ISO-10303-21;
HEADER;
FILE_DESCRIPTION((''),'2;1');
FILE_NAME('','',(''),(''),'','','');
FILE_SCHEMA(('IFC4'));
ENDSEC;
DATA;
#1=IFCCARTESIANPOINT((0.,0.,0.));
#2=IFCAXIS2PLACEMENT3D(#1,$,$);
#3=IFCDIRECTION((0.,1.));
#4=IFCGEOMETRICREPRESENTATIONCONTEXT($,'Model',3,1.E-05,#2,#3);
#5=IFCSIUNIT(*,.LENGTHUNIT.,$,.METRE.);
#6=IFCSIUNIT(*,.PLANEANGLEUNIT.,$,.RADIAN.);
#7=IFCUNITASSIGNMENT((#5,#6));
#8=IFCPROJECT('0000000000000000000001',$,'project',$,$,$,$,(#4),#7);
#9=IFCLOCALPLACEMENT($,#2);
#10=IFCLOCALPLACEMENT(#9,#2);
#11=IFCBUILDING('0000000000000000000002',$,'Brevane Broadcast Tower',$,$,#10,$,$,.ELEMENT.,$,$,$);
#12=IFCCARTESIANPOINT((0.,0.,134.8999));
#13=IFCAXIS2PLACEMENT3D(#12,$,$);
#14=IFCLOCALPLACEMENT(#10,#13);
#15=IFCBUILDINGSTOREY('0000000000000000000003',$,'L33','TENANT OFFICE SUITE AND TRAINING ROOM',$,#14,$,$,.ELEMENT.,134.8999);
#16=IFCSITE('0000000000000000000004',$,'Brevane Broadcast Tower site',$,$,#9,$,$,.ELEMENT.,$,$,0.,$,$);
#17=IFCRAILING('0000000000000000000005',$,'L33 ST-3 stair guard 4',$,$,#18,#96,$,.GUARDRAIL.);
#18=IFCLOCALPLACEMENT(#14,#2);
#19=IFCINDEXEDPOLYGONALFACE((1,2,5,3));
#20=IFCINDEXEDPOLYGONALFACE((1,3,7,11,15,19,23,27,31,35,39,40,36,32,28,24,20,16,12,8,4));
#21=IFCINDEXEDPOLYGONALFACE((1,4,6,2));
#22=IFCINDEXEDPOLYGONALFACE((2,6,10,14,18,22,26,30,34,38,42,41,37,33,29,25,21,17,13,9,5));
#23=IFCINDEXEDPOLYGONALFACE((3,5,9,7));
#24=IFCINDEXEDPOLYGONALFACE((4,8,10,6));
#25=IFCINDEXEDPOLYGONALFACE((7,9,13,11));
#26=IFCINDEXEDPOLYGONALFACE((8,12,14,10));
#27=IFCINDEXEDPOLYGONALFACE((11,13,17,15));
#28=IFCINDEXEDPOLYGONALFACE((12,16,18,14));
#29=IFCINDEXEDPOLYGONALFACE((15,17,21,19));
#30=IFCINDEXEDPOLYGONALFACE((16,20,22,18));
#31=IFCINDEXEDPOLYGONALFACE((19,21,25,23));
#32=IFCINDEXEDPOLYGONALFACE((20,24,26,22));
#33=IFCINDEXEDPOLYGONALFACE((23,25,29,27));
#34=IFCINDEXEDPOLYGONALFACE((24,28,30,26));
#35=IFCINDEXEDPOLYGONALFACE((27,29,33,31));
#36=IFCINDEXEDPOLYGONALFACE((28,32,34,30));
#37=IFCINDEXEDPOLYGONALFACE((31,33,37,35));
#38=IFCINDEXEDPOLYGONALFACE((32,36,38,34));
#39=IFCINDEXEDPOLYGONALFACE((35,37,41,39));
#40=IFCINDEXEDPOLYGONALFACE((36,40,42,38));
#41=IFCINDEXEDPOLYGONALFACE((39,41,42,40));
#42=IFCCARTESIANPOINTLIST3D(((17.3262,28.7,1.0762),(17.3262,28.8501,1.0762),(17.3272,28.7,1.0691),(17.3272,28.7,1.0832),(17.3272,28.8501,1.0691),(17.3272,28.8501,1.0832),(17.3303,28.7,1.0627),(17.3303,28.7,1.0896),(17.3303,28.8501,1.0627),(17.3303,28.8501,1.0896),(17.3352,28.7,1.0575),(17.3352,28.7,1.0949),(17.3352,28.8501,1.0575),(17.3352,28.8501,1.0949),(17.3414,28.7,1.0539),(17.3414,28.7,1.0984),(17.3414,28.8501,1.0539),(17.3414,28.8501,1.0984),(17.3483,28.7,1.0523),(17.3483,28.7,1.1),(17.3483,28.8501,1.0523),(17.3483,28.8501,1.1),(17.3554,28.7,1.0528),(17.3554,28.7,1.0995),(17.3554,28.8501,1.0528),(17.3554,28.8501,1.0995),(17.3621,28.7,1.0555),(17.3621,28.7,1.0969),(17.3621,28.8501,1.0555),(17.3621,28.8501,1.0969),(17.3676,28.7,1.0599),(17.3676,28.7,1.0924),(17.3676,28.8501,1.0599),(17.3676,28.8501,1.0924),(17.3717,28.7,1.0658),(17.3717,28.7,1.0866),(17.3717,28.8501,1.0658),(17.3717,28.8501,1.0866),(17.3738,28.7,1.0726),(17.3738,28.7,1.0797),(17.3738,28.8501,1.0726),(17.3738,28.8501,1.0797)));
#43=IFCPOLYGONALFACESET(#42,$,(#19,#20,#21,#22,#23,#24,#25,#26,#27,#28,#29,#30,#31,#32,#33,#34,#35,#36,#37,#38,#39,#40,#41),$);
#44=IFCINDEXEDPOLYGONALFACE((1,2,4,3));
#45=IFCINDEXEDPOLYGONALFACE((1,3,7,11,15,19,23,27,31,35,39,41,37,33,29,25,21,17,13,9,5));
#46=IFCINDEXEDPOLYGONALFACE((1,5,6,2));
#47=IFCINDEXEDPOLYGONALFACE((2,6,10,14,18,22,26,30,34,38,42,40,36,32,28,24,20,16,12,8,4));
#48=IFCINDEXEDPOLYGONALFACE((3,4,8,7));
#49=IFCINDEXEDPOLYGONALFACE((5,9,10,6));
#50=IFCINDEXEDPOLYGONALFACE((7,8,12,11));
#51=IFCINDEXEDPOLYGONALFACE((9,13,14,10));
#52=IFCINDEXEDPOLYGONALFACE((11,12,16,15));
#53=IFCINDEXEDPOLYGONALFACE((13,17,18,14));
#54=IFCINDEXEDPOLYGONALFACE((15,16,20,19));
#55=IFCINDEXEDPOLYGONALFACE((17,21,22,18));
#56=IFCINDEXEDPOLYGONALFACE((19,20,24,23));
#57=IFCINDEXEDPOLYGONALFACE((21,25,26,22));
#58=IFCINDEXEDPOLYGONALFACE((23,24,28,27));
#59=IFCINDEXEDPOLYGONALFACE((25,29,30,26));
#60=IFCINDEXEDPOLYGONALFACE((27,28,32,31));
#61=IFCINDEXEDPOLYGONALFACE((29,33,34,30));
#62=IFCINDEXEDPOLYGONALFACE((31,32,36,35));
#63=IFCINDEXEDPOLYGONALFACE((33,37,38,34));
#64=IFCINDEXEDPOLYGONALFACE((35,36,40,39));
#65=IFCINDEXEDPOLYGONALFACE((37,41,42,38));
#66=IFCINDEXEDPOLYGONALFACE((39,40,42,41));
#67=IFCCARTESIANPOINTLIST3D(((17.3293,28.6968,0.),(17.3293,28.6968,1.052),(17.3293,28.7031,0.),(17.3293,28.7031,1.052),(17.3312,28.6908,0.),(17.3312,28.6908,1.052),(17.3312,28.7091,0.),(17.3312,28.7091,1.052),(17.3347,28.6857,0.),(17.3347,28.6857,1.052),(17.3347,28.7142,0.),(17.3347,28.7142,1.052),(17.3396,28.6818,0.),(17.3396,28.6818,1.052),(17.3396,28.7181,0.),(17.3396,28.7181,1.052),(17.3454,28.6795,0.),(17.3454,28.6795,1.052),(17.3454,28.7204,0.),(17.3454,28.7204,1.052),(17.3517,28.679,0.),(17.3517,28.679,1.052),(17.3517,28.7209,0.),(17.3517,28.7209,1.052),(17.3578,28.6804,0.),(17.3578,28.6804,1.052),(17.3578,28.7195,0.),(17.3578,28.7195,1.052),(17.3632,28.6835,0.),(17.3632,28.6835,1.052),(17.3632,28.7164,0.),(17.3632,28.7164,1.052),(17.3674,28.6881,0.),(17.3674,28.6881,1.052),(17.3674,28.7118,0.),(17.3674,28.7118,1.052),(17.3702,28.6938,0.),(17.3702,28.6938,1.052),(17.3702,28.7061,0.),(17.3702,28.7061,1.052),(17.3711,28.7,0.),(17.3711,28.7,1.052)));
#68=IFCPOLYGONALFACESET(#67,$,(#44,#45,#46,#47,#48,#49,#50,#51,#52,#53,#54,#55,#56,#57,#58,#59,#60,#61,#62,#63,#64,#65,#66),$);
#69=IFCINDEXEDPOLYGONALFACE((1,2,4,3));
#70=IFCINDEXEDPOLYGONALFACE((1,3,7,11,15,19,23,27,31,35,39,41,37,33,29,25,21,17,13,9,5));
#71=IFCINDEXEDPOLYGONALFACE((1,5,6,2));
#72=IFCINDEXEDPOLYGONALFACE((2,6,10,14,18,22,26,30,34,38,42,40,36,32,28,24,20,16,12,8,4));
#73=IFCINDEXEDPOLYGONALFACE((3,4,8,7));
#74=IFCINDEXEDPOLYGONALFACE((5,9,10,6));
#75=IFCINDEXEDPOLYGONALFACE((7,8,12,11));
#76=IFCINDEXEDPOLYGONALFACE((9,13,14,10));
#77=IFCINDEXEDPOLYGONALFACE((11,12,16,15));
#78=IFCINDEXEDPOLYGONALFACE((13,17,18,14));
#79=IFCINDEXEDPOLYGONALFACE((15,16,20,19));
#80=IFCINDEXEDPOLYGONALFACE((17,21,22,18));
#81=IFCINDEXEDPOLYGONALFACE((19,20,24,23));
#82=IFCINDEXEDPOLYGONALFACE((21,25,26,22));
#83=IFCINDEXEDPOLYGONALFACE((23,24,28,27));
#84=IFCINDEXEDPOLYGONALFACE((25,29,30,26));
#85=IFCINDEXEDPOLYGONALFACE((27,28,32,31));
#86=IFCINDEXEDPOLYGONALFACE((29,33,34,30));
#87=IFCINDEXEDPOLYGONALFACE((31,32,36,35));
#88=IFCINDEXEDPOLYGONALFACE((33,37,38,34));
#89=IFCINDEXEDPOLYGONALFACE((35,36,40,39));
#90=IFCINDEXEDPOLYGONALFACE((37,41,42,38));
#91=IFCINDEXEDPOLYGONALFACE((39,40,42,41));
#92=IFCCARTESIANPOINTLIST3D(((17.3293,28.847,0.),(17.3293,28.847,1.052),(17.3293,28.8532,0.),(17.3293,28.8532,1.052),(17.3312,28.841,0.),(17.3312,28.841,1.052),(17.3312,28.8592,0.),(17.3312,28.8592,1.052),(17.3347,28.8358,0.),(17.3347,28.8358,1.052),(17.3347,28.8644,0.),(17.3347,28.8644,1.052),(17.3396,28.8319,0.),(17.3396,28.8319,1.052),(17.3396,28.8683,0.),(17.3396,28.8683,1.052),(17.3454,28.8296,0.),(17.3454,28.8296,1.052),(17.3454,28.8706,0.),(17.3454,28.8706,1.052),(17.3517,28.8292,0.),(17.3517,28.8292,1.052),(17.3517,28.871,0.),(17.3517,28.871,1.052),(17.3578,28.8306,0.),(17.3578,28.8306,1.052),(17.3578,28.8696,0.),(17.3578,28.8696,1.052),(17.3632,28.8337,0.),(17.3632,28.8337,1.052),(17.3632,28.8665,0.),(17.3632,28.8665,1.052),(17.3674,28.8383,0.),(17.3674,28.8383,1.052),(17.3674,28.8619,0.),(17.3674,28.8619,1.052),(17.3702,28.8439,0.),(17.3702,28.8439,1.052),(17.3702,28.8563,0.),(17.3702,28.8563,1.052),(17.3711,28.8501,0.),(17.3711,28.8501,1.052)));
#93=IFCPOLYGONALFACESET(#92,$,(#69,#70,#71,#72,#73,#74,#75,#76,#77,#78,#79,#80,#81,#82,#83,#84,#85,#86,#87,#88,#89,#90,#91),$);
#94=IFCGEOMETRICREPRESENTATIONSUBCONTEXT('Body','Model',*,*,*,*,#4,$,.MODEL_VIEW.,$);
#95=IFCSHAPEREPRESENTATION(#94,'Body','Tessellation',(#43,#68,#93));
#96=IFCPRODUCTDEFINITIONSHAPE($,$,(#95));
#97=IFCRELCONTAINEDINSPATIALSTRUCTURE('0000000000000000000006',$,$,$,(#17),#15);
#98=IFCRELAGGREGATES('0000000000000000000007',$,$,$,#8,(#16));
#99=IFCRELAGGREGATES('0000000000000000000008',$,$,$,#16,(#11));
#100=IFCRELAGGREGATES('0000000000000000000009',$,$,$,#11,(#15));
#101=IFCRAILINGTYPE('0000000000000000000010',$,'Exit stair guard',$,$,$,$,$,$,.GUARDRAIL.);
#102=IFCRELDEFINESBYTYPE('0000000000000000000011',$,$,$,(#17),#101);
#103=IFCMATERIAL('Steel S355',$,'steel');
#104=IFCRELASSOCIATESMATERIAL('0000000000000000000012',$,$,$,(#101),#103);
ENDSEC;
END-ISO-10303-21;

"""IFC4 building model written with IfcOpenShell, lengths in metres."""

from ifc_helpers import new_model, si_unit, direction, frame, origin, origin_2d, place, context, subcontext, project, spatial, circle, extrude, material, type_object, element, save


model = new_model("IFC4")

# Units and contexts
model_context = context("Model", 3, precision=1e-05, world=origin(), true_north=direction((0.0, 1.0)))
body_context = subcontext(model_context, "Body", "Model", "MODEL_VIEW")
ifc_project = project(units=[si_unit("LENGTHUNIT", "METRE"), si_unit("PLANEANGLEUNIT", "RADIAN")], contexts=[model_context])

# Site, building, storey
site_placement = place(None, origin())
site = spatial("IfcSite", under=ifc_project, at=site_placement, Name="Brevane Broadcast Tower site", CompositionType="ELEMENT", RefElevation=0.0)
building_placement = place(site_placement, origin())
building = spatial("IfcBuilding", under=site, at=building_placement, Name="Brevane Broadcast Tower", CompositionType="ELEMENT")
storey_placement = place(building_placement, frame((0.0, 0.0, 134.8999)))
storey = spatial("IfcBuildingStorey", under=building, at=storey_placement, Name="L33", Description="TENANT OFFICE SUITE AND TRAINING ROOM", CompositionType="ELEMENT", Elevation=134.8999)

# Railing
ifc_material_1 = material(Name="Steel S355", Category="steel")
railing_type_1 = type_object("IfcRailingType", Name="Exit stair guard", PredefinedType="GUARDRAIL", material=ifc_material_1)
railing_1_placement = place(storey_placement, frame((17.3501, 28.7, 0.0)))
element("IfcRailing", 1, at=railing_1_placement, inside=storey, type_object=railing_type_1, Name="L33 ST-3 stair guard 4", PredefinedType="GUARDRAIL", context=body_context, shape_type="SweptSolid", body=[
    extrude(circle(Radius=0.0239, at=origin_2d()), frame((0.0, 0.0, 1.0762), z_axis=(0.0, 1.0, 0.0), x_axis=(-1.0, 0.0, 0.0)), (0.0, 0.0, 1.0), 0.1501),
    extrude(circle(Radius=0.021, at=origin_2d()), origin(), (0.0, 0.0, 1.0), 1.052),
    extrude(circle(Radius=0.021, at=origin_2d()), frame((0.0, 0.1501, 0.0)), (0.0, 0.0, 1.0), 1.052),
])

save(model, "model.ifc")
